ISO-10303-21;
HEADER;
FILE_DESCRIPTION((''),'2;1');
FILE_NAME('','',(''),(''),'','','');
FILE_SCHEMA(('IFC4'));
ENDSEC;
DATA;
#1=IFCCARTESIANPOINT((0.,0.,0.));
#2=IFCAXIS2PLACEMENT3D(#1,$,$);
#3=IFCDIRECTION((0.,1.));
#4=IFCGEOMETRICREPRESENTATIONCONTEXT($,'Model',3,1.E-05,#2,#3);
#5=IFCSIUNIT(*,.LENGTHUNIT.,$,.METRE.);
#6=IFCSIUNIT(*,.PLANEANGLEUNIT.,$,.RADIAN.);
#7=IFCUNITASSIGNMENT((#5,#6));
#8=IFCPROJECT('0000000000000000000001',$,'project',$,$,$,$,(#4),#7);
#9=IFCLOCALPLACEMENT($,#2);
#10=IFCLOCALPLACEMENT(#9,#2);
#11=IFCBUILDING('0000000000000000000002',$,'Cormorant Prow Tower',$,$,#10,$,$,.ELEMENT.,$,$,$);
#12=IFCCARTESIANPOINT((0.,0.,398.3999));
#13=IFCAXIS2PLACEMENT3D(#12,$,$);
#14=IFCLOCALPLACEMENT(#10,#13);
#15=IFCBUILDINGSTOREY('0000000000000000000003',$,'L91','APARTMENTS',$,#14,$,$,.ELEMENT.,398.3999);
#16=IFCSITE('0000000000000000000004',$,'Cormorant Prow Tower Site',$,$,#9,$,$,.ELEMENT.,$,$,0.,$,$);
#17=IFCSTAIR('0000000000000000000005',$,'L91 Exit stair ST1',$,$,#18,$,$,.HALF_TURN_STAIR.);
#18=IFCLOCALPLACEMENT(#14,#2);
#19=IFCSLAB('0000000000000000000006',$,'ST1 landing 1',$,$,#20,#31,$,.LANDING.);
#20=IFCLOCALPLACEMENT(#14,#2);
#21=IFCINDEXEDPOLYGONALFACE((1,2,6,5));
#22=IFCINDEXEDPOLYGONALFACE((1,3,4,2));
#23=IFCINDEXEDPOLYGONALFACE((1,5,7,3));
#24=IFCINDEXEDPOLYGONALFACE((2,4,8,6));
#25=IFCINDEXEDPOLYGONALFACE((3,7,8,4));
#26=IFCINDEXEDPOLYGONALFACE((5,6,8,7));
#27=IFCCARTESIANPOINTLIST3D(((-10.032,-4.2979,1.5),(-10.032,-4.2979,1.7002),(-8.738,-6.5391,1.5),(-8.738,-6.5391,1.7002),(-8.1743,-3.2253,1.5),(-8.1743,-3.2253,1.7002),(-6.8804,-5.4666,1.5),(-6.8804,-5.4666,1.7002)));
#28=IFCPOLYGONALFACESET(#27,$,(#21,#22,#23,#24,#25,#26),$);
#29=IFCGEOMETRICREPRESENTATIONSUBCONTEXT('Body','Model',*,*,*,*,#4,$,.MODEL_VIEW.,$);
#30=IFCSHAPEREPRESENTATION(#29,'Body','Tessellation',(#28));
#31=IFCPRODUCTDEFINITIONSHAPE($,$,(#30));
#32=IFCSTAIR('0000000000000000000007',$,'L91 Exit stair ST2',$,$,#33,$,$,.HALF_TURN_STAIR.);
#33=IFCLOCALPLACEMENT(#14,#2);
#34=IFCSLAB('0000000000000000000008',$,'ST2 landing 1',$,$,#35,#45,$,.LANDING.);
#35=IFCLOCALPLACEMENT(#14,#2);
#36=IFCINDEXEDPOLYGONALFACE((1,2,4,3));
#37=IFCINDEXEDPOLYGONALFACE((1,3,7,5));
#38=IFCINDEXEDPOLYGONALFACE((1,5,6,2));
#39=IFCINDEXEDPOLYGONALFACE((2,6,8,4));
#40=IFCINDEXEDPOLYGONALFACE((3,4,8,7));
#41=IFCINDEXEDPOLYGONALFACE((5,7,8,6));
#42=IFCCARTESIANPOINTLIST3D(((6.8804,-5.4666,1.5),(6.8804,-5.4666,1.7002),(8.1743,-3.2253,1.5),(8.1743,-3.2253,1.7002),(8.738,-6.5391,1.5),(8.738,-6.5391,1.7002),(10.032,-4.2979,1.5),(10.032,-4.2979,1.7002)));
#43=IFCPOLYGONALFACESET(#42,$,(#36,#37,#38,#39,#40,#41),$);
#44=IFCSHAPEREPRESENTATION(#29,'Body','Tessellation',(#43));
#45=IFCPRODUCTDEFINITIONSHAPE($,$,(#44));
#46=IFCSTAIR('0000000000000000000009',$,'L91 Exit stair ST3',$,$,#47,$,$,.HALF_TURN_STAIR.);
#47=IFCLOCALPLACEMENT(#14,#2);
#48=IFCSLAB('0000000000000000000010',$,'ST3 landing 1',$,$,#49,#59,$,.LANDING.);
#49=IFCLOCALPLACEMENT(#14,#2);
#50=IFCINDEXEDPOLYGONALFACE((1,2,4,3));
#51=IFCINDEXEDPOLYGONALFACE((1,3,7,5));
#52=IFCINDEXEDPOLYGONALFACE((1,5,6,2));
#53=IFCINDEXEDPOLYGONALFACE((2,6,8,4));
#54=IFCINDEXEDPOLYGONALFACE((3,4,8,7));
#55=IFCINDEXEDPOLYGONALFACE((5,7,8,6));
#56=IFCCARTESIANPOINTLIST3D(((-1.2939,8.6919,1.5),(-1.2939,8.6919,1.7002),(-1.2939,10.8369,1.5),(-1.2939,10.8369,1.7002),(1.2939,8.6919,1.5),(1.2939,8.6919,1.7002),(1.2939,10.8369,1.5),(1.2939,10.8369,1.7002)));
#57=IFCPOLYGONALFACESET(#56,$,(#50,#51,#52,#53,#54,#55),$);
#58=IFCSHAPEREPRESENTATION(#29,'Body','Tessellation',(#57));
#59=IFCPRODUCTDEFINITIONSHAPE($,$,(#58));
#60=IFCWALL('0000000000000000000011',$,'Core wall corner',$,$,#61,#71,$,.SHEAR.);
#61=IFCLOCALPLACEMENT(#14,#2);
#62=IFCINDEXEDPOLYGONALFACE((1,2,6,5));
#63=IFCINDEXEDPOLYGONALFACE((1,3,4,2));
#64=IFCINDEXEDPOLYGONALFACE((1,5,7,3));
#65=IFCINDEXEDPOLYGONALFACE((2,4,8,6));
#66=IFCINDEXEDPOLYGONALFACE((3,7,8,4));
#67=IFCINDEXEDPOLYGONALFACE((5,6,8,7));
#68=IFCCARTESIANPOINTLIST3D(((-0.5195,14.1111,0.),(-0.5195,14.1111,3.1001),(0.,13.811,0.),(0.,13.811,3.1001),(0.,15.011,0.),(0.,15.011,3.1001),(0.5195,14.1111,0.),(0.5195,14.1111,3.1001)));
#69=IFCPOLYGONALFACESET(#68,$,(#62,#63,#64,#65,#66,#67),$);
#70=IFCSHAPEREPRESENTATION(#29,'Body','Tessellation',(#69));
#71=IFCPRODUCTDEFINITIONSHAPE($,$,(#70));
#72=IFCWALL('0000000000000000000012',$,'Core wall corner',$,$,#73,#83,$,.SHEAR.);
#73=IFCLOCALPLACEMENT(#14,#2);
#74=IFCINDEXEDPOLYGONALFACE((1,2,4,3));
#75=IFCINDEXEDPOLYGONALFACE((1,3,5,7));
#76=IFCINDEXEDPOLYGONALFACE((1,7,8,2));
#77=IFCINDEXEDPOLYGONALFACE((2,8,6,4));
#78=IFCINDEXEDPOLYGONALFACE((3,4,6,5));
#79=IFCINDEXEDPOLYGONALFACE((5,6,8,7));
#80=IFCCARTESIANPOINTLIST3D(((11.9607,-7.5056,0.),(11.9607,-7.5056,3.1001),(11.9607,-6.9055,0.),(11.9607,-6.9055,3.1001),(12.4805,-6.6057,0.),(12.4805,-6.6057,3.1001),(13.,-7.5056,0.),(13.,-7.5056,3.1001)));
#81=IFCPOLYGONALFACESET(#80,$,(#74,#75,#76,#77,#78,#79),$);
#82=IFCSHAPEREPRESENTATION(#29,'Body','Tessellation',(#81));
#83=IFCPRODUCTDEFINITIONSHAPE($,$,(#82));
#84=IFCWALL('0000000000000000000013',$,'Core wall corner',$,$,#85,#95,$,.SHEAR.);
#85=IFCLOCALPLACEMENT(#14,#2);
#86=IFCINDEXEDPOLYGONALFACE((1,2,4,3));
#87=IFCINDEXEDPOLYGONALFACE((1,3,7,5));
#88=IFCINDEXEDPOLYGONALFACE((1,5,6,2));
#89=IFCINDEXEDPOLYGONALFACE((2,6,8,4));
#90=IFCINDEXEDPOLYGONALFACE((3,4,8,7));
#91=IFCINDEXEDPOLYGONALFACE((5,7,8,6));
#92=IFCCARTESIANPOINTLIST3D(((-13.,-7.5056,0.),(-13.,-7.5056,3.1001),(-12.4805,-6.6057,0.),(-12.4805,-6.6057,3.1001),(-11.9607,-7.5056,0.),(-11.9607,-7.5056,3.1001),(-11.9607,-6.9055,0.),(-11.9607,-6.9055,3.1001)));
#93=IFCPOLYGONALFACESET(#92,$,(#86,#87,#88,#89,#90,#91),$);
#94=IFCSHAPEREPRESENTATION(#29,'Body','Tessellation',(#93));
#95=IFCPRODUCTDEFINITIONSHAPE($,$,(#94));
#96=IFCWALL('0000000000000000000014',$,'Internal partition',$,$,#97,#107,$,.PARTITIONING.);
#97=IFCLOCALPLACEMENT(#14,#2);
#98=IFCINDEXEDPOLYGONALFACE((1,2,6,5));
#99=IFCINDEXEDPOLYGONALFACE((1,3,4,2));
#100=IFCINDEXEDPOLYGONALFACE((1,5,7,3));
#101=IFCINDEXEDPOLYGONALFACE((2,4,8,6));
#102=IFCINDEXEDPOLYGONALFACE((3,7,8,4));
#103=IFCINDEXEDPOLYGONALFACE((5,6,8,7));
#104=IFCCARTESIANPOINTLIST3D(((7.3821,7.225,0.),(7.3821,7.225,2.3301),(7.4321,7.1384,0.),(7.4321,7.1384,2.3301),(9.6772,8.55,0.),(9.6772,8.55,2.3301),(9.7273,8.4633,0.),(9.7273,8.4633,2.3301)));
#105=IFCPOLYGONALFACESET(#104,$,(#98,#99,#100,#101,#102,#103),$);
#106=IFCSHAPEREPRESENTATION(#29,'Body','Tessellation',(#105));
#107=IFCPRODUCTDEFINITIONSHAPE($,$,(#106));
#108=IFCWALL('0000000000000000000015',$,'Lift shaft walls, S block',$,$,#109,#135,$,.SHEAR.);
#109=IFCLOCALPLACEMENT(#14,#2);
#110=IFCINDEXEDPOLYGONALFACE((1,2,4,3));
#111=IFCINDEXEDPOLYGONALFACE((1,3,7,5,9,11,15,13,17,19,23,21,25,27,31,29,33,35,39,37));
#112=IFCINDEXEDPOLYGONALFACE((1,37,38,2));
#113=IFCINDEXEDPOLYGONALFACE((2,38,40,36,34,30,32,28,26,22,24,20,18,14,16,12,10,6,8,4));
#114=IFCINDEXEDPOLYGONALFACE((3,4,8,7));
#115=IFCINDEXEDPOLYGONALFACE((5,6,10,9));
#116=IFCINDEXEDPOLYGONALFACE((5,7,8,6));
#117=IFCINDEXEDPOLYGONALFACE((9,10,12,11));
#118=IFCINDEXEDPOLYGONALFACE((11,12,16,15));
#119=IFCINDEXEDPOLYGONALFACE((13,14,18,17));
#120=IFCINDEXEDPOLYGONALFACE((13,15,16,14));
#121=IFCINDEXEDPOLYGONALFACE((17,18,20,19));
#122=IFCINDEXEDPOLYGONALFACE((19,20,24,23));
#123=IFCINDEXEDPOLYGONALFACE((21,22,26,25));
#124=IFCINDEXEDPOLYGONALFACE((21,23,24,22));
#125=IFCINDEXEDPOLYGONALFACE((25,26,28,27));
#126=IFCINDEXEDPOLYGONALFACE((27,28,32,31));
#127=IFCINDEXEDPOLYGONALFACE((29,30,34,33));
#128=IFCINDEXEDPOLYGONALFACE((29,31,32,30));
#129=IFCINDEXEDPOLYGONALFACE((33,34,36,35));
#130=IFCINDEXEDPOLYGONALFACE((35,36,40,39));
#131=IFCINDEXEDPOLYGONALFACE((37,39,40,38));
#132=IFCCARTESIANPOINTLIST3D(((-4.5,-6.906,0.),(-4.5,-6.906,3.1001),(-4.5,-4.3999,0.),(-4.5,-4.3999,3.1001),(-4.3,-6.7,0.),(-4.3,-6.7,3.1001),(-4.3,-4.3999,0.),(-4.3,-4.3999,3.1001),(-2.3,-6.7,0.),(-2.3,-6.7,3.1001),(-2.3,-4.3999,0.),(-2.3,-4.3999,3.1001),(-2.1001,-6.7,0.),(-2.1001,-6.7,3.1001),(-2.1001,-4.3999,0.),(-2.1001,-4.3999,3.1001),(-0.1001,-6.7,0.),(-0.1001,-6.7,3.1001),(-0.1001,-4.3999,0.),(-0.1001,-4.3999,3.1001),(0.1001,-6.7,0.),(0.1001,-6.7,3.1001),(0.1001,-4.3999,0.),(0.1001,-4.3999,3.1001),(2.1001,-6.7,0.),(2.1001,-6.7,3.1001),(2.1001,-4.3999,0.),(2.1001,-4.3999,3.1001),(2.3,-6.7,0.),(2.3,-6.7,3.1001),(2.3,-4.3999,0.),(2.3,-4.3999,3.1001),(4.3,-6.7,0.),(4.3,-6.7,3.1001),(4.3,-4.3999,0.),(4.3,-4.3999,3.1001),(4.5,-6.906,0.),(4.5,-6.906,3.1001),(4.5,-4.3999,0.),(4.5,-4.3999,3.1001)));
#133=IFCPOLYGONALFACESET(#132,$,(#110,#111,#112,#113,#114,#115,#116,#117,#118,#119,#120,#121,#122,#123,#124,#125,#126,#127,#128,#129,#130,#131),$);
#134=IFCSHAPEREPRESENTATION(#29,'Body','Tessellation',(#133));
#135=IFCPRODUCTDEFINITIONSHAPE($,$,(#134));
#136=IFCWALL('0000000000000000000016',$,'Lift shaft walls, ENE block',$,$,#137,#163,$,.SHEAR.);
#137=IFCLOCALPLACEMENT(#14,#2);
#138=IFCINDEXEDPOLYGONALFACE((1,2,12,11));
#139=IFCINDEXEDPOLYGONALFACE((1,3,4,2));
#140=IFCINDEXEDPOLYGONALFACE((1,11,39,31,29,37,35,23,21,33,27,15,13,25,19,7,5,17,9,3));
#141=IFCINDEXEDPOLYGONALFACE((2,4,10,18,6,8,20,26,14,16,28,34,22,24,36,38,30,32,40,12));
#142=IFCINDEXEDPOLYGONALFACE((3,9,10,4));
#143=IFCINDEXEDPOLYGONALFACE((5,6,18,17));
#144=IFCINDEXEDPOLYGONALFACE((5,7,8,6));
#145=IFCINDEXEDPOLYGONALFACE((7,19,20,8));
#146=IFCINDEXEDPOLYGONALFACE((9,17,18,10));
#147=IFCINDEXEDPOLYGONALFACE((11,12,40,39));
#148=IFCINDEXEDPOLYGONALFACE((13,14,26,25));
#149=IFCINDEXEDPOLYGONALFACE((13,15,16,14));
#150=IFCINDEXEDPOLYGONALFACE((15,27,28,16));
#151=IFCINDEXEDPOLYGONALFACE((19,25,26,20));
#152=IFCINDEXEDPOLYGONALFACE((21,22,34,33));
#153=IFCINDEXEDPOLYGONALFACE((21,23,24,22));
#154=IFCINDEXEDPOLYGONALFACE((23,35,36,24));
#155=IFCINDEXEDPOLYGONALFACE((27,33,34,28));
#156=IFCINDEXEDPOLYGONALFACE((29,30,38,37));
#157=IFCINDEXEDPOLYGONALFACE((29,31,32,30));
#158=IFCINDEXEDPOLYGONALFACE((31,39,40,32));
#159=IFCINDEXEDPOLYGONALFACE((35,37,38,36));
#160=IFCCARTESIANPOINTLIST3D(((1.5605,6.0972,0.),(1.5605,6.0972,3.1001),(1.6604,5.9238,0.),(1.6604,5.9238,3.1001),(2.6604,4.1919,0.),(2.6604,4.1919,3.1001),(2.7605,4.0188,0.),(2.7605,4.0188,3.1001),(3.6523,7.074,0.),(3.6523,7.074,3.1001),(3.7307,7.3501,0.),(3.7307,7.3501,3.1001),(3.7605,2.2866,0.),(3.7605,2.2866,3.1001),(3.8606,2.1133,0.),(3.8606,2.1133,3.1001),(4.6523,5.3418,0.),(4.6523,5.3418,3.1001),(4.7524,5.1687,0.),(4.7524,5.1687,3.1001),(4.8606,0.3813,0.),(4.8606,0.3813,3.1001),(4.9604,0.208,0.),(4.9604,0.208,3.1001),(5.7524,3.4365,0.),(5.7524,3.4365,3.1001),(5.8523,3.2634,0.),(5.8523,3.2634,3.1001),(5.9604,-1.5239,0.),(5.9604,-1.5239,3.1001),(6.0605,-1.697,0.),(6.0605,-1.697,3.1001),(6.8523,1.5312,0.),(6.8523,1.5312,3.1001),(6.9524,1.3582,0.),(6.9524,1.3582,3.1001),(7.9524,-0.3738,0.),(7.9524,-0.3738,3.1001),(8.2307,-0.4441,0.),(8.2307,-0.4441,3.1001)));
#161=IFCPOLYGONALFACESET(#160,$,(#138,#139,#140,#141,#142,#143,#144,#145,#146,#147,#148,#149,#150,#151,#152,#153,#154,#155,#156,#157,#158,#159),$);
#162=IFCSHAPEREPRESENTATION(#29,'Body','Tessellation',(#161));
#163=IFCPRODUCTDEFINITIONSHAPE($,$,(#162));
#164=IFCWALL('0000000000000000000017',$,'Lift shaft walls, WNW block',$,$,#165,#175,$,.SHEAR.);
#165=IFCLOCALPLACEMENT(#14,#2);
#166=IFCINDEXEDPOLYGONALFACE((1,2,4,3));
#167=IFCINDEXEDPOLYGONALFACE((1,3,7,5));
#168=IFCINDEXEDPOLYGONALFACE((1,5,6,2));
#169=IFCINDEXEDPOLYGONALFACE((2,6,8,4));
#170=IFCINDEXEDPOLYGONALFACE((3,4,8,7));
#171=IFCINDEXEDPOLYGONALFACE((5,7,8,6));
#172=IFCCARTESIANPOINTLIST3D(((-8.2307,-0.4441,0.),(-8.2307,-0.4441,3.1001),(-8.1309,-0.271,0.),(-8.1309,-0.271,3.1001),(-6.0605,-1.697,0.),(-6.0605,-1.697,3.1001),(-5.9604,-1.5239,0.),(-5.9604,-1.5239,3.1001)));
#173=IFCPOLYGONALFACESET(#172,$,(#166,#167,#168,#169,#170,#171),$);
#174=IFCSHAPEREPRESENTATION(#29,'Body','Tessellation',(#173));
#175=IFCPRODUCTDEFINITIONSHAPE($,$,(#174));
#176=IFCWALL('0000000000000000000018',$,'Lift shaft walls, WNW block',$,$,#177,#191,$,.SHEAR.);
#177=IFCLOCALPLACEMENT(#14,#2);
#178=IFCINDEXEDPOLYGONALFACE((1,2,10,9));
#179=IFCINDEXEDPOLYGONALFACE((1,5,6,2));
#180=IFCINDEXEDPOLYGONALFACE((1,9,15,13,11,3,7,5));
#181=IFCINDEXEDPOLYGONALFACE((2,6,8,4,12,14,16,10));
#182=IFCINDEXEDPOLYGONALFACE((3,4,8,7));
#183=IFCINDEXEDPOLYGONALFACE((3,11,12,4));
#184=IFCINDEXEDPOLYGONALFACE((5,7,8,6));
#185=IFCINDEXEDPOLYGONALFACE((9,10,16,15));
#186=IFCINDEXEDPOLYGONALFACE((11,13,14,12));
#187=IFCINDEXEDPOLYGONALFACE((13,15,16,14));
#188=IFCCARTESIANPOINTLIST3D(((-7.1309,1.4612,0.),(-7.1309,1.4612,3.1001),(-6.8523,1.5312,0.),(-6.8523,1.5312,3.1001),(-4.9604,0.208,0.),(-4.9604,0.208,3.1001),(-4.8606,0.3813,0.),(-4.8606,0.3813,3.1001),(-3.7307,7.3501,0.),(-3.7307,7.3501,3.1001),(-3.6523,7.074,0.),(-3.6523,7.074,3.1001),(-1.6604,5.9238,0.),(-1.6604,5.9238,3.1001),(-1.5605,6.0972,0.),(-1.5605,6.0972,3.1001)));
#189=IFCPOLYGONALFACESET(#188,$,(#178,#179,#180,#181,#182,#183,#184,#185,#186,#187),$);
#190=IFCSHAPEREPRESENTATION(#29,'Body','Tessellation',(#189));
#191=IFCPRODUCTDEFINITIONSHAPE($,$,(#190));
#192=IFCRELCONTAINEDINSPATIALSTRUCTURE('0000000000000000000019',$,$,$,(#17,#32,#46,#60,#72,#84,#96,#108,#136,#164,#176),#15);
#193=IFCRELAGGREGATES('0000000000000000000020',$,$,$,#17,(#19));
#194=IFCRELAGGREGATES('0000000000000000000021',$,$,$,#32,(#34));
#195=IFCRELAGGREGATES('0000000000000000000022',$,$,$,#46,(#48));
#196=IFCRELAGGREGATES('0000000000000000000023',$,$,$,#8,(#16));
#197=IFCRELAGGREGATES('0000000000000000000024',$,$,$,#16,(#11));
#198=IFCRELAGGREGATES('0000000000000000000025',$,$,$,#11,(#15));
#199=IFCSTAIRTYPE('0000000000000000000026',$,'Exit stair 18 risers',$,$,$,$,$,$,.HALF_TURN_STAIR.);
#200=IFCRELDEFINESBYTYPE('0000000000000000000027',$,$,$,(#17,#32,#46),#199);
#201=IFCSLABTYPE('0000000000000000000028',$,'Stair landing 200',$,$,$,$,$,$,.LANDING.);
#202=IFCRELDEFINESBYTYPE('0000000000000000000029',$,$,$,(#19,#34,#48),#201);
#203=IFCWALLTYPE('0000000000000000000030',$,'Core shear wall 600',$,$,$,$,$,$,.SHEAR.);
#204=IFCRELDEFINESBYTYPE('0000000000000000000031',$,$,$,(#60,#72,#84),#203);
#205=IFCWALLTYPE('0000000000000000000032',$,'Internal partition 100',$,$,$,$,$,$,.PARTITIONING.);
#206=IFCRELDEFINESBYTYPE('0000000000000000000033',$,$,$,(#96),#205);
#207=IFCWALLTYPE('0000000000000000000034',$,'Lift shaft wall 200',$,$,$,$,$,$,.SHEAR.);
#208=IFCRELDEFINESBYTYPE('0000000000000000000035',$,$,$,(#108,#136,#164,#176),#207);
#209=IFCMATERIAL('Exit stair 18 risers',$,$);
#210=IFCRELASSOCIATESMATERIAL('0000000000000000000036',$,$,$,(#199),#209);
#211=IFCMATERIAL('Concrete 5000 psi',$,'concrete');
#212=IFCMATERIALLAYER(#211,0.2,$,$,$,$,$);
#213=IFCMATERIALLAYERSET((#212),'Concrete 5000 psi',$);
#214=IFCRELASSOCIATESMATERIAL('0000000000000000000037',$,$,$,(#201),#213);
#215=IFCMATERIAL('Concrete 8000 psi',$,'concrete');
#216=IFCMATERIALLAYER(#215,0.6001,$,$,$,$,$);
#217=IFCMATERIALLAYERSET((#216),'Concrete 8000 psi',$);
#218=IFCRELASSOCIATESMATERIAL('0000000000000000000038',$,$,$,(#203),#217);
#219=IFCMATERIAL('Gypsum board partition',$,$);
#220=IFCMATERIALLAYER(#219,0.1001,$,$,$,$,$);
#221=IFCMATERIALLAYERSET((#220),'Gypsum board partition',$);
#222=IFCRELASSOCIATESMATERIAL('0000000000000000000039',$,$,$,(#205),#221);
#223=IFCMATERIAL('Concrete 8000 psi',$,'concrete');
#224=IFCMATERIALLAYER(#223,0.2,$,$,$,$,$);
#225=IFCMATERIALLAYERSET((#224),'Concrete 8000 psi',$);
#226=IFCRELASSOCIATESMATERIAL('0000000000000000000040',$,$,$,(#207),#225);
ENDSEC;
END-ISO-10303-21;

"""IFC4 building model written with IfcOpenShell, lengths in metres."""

from ifc_helpers import new_model, si_unit, direction, frame, frame_2d, origin, place, context, subcontext, project, spatial, polyline, rectangle, outline, extrude, material, layer, layer_set, type_object, element, aggregate, save


model = new_model("IFC4")

# Units and contexts
model_context = context("Model", 3, precision=1e-05, world=origin(), true_north=direction((0.0, 1.0)))
body_context = subcontext(model_context, "Body", "Model", "MODEL_VIEW")
ifc_project = project(units=[si_unit("LENGTHUNIT", "METRE"), si_unit("PLANEANGLEUNIT", "RADIAN")], contexts=[model_context])

# Site, building, storey
site_placement = place(None, origin())
site = spatial("IfcSite", under=ifc_project, at=site_placement, Name="Cormorant Prow Tower Site", CompositionType="ELEMENT", RefElevation=0.0)
building_placement = place(site_placement, origin())
building = spatial("IfcBuilding", under=site, at=building_placement, Name="Cormorant Prow Tower", CompositionType="ELEMENT")
storey_placement = place(building_placement, frame((0.0, 0.0, 398.3999)))
storey = spatial("IfcBuildingStorey", under=building, at=storey_placement, Name="L91", Description="APARTMENTS", CompositionType="ELEMENT", Elevation=398.3999)

# Stairs, slabs
ifc_material_1 = material(Name="Exit stair 18 risers")
stair_type = type_object("IfcStairType", Name="Exit stair 18 risers", PredefinedType="HALF_TURN_STAIR", material=ifc_material_1)
stair_1_placement = place(storey_placement, origin())
stair_1 = element("IfcStair", 1, at=stair_1_placement, inside=storey, type_object=stair_type, Name="L91 Exit stair ST1", PredefinedType="HALF_TURN_STAIR")
ifc_material_2 = material(Name="Concrete 5000 psi", Category="concrete")
ifc_layer_1 = layer(ifc_material_2, 0.2)
ifc_layer_set_1 = layer_set([ifc_layer_1], Name="Concrete 5000 psi")
slab_type = type_object("IfcSlabType", Name="Stair landing 200", PredefinedType="LANDING", material=ifc_layer_set_1)
slab_1_placement = place(storey_placement, frame((0.0, 0.0, 1.5)))
slab_1 = element("IfcSlab", 2, at=slab_1_placement, type_object=slab_type, Name="ST1 landing 1", PredefinedType="LANDING", context=body_context, shape_type="SweptSolid", body=[
    extrude(outline(polyline([(-8.1743, -3.2253), (-10.032, -4.2979), (-8.738, -6.5391), (-6.8804, -5.4666), (-8.1743, -3.2253)])), origin(), (0.0, 0.0, 1.0), 0.2002),
])
aggregate(stair_1, [slab_1])
stair_2_placement = place(storey_placement, origin())
stair_2 = element("IfcStair", 3, at=stair_2_placement, inside=storey, type_object=stair_type, Name="L91 Exit stair ST2", PredefinedType="HALF_TURN_STAIR")
slab_2_placement = place(storey_placement, frame((0.0, 0.0, 1.5)))
slab_2 = element("IfcSlab", 4, at=slab_2_placement, type_object=slab_type, Name="ST2 landing 1", PredefinedType="LANDING", context=body_context, shape_type="SweptSolid", body=[
    extrude(outline(polyline([(6.8804, -5.4666), (8.738, -6.5391), (10.032, -4.2979), (8.1743, -3.2253), (6.8804, -5.4666)])), origin(), (0.0, 0.0, 1.0), 0.2002),
])
aggregate(stair_2, [slab_2])
stair_3_placement = place(storey_placement, origin())
stair_3 = element("IfcStair", 5, at=stair_3_placement, inside=storey, type_object=stair_type, Name="L91 Exit stair ST3", PredefinedType="HALF_TURN_STAIR")
slab_3_placement = place(storey_placement, frame((0.0, 0.0, 1.5)))
slab_3 = element("IfcSlab", 6, at=slab_3_placement, type_object=slab_type, Name="ST3 landing 1", PredefinedType="LANDING", context=body_context, shape_type="SweptSolid", body=[
    extrude(outline(polyline([(1.2939, 8.6919), (1.2939, 10.8369), (-1.2939, 10.8369), (-1.2939, 8.6919), (1.2939, 8.6919)])), origin(), (0.0, 0.0, 1.0), 0.2002),
])

# Walls
ifc_material_3 = material(Name="Concrete 8000 psi", Category="concrete")
ifc_layer_2 = layer(ifc_material_3, 0.6001)
ifc_layer_set_2 = layer_set([ifc_layer_2], Name="Concrete 8000 psi")
wall_type_1 = type_object("IfcWallType", Name="Core shear wall 600", PredefinedType="SHEAR", material=ifc_layer_set_2)
wall_1_placement = place(storey_placement, origin())
element("IfcWall", 7, at=wall_1_placement, inside=storey, type_object=wall_type_1, Name="Core wall corner", PredefinedType="SHEAR", context=body_context, shape_type="SweptSolid", body=[
    extrude(outline(polyline([(-0.5195, 14.1111), (0.0, 15.011), (0.5195, 14.1111), (0.0, 13.811), (-0.5195, 14.1111)])), origin(), (0.0, 0.0, 1.0), 3.1001),
])
wall_2_placement = place(storey_placement, origin())
element("IfcWall", 8, at=wall_2_placement, inside=storey, type_object=wall_type_1, Name="Core wall corner", PredefinedType="SHEAR", context=body_context, shape_type="SweptSolid", body=[
    extrude(outline(polyline([(11.9607, -7.5056), (11.9607, -6.9055), (12.4805, -6.6057), (13.0, -7.5056), (11.9607, -7.5056)])), origin(), (0.0, 0.0, 1.0), 3.1001),
])
wall_3_placement = place(storey_placement, origin())
element("IfcWall", 9, at=wall_3_placement, inside=storey, type_object=wall_type_1, Name="Core wall corner", PredefinedType="SHEAR", context=body_context, shape_type="SweptSolid", body=[
    extrude(outline(polyline([(-12.4805, -6.6057), (-11.9607, -6.9055), (-11.9607, -7.5056), (-13.0, -7.5056), (-12.4805, -6.6057)])), origin(), (0.0, 0.0, 1.0), 3.1001),
])
ifc_material_4 = material(Name="Gypsum board partition")
ifc_layer_3 = layer(ifc_material_4, 0.1001)
ifc_layer_set_3 = layer_set([ifc_layer_3], Name="Gypsum board partition")
wall_type_2 = type_object("IfcWallType", Name="Internal partition 100", PredefinedType="PARTITIONING", material=ifc_layer_set_3)
wall_4_placement = place(storey_placement, frame((7.407, 7.1816, 0.0), z_axis=(0.0, 0.0, 1.0), x_axis=(0.866052, 0.499954, 0.0)))
element("IfcWall", 10, at=wall_4_placement, inside=storey, type_object=wall_type_2, Name="Internal partition", PredefinedType="PARTITIONING", context=body_context, shape_type="SweptSolid", body=[
    extrude(rectangle(XDim=2.6501, YDim=0.1001, at=frame_2d((1.3252, 0.0))), origin(), (0.0, 0.0, 1.0), 2.3301),
])
ifc_material_5 = material(Name="Concrete 8000 psi", Category="concrete")
ifc_layer_4 = layer(ifc_material_5, 0.2)
ifc_layer_set_4 = layer_set([ifc_layer_4], Name="Concrete 8000 psi")
wall_type_3 = type_object("IfcWallType", Name="Lift shaft wall 200", PredefinedType="SHEAR", material=ifc_layer_set_4)
wall_5_placement = place(storey_placement, origin())
element("IfcWall", 11, at=wall_5_placement, inside=storey, type_object=wall_type_3, Name="Lift shaft walls, S block", PredefinedType="SHEAR", context=body_context, shape_type="SweptSolid", body=[
    extrude(outline(polyline([(4.5, -4.3999), (4.5, -6.906), (-4.5, -6.906), (-4.5, -4.3999), (-4.3, -4.3999), (-4.3, -6.7), (-2.3, -6.7), (-2.3, -4.3999), (-2.1001, -4.3999), (-2.1001, -6.7), (-0.1001, -6.7), (-0.1001, -4.3999), (0.1001, -4.3999), (0.1001, -6.7), (2.1001, -6.7), (2.1001, -4.3999), (2.3, -4.3999), (2.3, -6.7), (4.3, -6.7), (4.3, -4.3999), (4.5, -4.3999)])), origin(), (0.0, 0.0, 1.0), 3.1001),
])
wall_6_placement = place(storey_placement, origin())
element("IfcWall", 12, at=wall_6_placement, inside=storey, type_object=wall_type_3, Name="Lift shaft walls, ENE block", PredefinedType="SHEAR", context=body_context, shape_type="SweptSolid", body=[
    extrude(outline(polyline([(1.5605, 6.0972), (3.7307, 7.3501), (8.2307, -0.4441), (6.0605, -1.697), (5.9604, -1.5239), (7.9524, -0.3738), (6.9524, 1.3582), (4.9604, 0.208), (4.8606, 0.3813), (6.8523, 1.5312), (5.8523, 3.2634), (3.8606, 2.1133), (3.7605, 2.2866), (5.7524, 3.4365), (4.7524, 5.1687), (2.7605, 4.0188), (2.6604, 4.1919), (4.6523, 5.3418), (3.6523, 7.074), (1.6604, 5.9238), (1.5605, 6.0972)])), origin(), (0.0, 0.0, 1.0), 3.1001),
])
wall_7_placement = place(storey_placement, origin())
element("IfcWall", 13, at=wall_7_placement, inside=storey, type_object=wall_type_3, Name="Lift shaft walls, WNW block", PredefinedType="SHEAR", context=body_context, shape_type="SweptSolid", body=[
    extrude(outline(polyline([(-6.0605, -1.697), (-8.2307, -0.4441), (-8.1309, -0.271), (-5.9604, -1.5239), (-6.0605, -1.697)])), origin(), (0.0, 0.0, 1.0), 3.1001),
])
wall_8_placement = place(storey_placement, origin())
element("IfcWall", 14, at=wall_8_placement, inside=storey, type_object=wall_type_3, Name="Lift shaft walls, WNW block", PredefinedType="SHEAR", context=body_context, shape_type="SweptSolid", body=[
    extrude(outline(polyline([(-4.9604, 0.208), (-7.1309, 1.4612), (-3.7307, 7.3501), (-1.5605, 6.0972), (-1.6604, 5.9238), (-3.6523, 7.074), (-6.8523, 1.5312), (-4.8606, 0.3813), (-4.9604, 0.208)])), origin(), (0.0, 0.0, 1.0), 3.1001),
])

aggregate(stair_3, [slab_3])

save(model, "model.ifc")
